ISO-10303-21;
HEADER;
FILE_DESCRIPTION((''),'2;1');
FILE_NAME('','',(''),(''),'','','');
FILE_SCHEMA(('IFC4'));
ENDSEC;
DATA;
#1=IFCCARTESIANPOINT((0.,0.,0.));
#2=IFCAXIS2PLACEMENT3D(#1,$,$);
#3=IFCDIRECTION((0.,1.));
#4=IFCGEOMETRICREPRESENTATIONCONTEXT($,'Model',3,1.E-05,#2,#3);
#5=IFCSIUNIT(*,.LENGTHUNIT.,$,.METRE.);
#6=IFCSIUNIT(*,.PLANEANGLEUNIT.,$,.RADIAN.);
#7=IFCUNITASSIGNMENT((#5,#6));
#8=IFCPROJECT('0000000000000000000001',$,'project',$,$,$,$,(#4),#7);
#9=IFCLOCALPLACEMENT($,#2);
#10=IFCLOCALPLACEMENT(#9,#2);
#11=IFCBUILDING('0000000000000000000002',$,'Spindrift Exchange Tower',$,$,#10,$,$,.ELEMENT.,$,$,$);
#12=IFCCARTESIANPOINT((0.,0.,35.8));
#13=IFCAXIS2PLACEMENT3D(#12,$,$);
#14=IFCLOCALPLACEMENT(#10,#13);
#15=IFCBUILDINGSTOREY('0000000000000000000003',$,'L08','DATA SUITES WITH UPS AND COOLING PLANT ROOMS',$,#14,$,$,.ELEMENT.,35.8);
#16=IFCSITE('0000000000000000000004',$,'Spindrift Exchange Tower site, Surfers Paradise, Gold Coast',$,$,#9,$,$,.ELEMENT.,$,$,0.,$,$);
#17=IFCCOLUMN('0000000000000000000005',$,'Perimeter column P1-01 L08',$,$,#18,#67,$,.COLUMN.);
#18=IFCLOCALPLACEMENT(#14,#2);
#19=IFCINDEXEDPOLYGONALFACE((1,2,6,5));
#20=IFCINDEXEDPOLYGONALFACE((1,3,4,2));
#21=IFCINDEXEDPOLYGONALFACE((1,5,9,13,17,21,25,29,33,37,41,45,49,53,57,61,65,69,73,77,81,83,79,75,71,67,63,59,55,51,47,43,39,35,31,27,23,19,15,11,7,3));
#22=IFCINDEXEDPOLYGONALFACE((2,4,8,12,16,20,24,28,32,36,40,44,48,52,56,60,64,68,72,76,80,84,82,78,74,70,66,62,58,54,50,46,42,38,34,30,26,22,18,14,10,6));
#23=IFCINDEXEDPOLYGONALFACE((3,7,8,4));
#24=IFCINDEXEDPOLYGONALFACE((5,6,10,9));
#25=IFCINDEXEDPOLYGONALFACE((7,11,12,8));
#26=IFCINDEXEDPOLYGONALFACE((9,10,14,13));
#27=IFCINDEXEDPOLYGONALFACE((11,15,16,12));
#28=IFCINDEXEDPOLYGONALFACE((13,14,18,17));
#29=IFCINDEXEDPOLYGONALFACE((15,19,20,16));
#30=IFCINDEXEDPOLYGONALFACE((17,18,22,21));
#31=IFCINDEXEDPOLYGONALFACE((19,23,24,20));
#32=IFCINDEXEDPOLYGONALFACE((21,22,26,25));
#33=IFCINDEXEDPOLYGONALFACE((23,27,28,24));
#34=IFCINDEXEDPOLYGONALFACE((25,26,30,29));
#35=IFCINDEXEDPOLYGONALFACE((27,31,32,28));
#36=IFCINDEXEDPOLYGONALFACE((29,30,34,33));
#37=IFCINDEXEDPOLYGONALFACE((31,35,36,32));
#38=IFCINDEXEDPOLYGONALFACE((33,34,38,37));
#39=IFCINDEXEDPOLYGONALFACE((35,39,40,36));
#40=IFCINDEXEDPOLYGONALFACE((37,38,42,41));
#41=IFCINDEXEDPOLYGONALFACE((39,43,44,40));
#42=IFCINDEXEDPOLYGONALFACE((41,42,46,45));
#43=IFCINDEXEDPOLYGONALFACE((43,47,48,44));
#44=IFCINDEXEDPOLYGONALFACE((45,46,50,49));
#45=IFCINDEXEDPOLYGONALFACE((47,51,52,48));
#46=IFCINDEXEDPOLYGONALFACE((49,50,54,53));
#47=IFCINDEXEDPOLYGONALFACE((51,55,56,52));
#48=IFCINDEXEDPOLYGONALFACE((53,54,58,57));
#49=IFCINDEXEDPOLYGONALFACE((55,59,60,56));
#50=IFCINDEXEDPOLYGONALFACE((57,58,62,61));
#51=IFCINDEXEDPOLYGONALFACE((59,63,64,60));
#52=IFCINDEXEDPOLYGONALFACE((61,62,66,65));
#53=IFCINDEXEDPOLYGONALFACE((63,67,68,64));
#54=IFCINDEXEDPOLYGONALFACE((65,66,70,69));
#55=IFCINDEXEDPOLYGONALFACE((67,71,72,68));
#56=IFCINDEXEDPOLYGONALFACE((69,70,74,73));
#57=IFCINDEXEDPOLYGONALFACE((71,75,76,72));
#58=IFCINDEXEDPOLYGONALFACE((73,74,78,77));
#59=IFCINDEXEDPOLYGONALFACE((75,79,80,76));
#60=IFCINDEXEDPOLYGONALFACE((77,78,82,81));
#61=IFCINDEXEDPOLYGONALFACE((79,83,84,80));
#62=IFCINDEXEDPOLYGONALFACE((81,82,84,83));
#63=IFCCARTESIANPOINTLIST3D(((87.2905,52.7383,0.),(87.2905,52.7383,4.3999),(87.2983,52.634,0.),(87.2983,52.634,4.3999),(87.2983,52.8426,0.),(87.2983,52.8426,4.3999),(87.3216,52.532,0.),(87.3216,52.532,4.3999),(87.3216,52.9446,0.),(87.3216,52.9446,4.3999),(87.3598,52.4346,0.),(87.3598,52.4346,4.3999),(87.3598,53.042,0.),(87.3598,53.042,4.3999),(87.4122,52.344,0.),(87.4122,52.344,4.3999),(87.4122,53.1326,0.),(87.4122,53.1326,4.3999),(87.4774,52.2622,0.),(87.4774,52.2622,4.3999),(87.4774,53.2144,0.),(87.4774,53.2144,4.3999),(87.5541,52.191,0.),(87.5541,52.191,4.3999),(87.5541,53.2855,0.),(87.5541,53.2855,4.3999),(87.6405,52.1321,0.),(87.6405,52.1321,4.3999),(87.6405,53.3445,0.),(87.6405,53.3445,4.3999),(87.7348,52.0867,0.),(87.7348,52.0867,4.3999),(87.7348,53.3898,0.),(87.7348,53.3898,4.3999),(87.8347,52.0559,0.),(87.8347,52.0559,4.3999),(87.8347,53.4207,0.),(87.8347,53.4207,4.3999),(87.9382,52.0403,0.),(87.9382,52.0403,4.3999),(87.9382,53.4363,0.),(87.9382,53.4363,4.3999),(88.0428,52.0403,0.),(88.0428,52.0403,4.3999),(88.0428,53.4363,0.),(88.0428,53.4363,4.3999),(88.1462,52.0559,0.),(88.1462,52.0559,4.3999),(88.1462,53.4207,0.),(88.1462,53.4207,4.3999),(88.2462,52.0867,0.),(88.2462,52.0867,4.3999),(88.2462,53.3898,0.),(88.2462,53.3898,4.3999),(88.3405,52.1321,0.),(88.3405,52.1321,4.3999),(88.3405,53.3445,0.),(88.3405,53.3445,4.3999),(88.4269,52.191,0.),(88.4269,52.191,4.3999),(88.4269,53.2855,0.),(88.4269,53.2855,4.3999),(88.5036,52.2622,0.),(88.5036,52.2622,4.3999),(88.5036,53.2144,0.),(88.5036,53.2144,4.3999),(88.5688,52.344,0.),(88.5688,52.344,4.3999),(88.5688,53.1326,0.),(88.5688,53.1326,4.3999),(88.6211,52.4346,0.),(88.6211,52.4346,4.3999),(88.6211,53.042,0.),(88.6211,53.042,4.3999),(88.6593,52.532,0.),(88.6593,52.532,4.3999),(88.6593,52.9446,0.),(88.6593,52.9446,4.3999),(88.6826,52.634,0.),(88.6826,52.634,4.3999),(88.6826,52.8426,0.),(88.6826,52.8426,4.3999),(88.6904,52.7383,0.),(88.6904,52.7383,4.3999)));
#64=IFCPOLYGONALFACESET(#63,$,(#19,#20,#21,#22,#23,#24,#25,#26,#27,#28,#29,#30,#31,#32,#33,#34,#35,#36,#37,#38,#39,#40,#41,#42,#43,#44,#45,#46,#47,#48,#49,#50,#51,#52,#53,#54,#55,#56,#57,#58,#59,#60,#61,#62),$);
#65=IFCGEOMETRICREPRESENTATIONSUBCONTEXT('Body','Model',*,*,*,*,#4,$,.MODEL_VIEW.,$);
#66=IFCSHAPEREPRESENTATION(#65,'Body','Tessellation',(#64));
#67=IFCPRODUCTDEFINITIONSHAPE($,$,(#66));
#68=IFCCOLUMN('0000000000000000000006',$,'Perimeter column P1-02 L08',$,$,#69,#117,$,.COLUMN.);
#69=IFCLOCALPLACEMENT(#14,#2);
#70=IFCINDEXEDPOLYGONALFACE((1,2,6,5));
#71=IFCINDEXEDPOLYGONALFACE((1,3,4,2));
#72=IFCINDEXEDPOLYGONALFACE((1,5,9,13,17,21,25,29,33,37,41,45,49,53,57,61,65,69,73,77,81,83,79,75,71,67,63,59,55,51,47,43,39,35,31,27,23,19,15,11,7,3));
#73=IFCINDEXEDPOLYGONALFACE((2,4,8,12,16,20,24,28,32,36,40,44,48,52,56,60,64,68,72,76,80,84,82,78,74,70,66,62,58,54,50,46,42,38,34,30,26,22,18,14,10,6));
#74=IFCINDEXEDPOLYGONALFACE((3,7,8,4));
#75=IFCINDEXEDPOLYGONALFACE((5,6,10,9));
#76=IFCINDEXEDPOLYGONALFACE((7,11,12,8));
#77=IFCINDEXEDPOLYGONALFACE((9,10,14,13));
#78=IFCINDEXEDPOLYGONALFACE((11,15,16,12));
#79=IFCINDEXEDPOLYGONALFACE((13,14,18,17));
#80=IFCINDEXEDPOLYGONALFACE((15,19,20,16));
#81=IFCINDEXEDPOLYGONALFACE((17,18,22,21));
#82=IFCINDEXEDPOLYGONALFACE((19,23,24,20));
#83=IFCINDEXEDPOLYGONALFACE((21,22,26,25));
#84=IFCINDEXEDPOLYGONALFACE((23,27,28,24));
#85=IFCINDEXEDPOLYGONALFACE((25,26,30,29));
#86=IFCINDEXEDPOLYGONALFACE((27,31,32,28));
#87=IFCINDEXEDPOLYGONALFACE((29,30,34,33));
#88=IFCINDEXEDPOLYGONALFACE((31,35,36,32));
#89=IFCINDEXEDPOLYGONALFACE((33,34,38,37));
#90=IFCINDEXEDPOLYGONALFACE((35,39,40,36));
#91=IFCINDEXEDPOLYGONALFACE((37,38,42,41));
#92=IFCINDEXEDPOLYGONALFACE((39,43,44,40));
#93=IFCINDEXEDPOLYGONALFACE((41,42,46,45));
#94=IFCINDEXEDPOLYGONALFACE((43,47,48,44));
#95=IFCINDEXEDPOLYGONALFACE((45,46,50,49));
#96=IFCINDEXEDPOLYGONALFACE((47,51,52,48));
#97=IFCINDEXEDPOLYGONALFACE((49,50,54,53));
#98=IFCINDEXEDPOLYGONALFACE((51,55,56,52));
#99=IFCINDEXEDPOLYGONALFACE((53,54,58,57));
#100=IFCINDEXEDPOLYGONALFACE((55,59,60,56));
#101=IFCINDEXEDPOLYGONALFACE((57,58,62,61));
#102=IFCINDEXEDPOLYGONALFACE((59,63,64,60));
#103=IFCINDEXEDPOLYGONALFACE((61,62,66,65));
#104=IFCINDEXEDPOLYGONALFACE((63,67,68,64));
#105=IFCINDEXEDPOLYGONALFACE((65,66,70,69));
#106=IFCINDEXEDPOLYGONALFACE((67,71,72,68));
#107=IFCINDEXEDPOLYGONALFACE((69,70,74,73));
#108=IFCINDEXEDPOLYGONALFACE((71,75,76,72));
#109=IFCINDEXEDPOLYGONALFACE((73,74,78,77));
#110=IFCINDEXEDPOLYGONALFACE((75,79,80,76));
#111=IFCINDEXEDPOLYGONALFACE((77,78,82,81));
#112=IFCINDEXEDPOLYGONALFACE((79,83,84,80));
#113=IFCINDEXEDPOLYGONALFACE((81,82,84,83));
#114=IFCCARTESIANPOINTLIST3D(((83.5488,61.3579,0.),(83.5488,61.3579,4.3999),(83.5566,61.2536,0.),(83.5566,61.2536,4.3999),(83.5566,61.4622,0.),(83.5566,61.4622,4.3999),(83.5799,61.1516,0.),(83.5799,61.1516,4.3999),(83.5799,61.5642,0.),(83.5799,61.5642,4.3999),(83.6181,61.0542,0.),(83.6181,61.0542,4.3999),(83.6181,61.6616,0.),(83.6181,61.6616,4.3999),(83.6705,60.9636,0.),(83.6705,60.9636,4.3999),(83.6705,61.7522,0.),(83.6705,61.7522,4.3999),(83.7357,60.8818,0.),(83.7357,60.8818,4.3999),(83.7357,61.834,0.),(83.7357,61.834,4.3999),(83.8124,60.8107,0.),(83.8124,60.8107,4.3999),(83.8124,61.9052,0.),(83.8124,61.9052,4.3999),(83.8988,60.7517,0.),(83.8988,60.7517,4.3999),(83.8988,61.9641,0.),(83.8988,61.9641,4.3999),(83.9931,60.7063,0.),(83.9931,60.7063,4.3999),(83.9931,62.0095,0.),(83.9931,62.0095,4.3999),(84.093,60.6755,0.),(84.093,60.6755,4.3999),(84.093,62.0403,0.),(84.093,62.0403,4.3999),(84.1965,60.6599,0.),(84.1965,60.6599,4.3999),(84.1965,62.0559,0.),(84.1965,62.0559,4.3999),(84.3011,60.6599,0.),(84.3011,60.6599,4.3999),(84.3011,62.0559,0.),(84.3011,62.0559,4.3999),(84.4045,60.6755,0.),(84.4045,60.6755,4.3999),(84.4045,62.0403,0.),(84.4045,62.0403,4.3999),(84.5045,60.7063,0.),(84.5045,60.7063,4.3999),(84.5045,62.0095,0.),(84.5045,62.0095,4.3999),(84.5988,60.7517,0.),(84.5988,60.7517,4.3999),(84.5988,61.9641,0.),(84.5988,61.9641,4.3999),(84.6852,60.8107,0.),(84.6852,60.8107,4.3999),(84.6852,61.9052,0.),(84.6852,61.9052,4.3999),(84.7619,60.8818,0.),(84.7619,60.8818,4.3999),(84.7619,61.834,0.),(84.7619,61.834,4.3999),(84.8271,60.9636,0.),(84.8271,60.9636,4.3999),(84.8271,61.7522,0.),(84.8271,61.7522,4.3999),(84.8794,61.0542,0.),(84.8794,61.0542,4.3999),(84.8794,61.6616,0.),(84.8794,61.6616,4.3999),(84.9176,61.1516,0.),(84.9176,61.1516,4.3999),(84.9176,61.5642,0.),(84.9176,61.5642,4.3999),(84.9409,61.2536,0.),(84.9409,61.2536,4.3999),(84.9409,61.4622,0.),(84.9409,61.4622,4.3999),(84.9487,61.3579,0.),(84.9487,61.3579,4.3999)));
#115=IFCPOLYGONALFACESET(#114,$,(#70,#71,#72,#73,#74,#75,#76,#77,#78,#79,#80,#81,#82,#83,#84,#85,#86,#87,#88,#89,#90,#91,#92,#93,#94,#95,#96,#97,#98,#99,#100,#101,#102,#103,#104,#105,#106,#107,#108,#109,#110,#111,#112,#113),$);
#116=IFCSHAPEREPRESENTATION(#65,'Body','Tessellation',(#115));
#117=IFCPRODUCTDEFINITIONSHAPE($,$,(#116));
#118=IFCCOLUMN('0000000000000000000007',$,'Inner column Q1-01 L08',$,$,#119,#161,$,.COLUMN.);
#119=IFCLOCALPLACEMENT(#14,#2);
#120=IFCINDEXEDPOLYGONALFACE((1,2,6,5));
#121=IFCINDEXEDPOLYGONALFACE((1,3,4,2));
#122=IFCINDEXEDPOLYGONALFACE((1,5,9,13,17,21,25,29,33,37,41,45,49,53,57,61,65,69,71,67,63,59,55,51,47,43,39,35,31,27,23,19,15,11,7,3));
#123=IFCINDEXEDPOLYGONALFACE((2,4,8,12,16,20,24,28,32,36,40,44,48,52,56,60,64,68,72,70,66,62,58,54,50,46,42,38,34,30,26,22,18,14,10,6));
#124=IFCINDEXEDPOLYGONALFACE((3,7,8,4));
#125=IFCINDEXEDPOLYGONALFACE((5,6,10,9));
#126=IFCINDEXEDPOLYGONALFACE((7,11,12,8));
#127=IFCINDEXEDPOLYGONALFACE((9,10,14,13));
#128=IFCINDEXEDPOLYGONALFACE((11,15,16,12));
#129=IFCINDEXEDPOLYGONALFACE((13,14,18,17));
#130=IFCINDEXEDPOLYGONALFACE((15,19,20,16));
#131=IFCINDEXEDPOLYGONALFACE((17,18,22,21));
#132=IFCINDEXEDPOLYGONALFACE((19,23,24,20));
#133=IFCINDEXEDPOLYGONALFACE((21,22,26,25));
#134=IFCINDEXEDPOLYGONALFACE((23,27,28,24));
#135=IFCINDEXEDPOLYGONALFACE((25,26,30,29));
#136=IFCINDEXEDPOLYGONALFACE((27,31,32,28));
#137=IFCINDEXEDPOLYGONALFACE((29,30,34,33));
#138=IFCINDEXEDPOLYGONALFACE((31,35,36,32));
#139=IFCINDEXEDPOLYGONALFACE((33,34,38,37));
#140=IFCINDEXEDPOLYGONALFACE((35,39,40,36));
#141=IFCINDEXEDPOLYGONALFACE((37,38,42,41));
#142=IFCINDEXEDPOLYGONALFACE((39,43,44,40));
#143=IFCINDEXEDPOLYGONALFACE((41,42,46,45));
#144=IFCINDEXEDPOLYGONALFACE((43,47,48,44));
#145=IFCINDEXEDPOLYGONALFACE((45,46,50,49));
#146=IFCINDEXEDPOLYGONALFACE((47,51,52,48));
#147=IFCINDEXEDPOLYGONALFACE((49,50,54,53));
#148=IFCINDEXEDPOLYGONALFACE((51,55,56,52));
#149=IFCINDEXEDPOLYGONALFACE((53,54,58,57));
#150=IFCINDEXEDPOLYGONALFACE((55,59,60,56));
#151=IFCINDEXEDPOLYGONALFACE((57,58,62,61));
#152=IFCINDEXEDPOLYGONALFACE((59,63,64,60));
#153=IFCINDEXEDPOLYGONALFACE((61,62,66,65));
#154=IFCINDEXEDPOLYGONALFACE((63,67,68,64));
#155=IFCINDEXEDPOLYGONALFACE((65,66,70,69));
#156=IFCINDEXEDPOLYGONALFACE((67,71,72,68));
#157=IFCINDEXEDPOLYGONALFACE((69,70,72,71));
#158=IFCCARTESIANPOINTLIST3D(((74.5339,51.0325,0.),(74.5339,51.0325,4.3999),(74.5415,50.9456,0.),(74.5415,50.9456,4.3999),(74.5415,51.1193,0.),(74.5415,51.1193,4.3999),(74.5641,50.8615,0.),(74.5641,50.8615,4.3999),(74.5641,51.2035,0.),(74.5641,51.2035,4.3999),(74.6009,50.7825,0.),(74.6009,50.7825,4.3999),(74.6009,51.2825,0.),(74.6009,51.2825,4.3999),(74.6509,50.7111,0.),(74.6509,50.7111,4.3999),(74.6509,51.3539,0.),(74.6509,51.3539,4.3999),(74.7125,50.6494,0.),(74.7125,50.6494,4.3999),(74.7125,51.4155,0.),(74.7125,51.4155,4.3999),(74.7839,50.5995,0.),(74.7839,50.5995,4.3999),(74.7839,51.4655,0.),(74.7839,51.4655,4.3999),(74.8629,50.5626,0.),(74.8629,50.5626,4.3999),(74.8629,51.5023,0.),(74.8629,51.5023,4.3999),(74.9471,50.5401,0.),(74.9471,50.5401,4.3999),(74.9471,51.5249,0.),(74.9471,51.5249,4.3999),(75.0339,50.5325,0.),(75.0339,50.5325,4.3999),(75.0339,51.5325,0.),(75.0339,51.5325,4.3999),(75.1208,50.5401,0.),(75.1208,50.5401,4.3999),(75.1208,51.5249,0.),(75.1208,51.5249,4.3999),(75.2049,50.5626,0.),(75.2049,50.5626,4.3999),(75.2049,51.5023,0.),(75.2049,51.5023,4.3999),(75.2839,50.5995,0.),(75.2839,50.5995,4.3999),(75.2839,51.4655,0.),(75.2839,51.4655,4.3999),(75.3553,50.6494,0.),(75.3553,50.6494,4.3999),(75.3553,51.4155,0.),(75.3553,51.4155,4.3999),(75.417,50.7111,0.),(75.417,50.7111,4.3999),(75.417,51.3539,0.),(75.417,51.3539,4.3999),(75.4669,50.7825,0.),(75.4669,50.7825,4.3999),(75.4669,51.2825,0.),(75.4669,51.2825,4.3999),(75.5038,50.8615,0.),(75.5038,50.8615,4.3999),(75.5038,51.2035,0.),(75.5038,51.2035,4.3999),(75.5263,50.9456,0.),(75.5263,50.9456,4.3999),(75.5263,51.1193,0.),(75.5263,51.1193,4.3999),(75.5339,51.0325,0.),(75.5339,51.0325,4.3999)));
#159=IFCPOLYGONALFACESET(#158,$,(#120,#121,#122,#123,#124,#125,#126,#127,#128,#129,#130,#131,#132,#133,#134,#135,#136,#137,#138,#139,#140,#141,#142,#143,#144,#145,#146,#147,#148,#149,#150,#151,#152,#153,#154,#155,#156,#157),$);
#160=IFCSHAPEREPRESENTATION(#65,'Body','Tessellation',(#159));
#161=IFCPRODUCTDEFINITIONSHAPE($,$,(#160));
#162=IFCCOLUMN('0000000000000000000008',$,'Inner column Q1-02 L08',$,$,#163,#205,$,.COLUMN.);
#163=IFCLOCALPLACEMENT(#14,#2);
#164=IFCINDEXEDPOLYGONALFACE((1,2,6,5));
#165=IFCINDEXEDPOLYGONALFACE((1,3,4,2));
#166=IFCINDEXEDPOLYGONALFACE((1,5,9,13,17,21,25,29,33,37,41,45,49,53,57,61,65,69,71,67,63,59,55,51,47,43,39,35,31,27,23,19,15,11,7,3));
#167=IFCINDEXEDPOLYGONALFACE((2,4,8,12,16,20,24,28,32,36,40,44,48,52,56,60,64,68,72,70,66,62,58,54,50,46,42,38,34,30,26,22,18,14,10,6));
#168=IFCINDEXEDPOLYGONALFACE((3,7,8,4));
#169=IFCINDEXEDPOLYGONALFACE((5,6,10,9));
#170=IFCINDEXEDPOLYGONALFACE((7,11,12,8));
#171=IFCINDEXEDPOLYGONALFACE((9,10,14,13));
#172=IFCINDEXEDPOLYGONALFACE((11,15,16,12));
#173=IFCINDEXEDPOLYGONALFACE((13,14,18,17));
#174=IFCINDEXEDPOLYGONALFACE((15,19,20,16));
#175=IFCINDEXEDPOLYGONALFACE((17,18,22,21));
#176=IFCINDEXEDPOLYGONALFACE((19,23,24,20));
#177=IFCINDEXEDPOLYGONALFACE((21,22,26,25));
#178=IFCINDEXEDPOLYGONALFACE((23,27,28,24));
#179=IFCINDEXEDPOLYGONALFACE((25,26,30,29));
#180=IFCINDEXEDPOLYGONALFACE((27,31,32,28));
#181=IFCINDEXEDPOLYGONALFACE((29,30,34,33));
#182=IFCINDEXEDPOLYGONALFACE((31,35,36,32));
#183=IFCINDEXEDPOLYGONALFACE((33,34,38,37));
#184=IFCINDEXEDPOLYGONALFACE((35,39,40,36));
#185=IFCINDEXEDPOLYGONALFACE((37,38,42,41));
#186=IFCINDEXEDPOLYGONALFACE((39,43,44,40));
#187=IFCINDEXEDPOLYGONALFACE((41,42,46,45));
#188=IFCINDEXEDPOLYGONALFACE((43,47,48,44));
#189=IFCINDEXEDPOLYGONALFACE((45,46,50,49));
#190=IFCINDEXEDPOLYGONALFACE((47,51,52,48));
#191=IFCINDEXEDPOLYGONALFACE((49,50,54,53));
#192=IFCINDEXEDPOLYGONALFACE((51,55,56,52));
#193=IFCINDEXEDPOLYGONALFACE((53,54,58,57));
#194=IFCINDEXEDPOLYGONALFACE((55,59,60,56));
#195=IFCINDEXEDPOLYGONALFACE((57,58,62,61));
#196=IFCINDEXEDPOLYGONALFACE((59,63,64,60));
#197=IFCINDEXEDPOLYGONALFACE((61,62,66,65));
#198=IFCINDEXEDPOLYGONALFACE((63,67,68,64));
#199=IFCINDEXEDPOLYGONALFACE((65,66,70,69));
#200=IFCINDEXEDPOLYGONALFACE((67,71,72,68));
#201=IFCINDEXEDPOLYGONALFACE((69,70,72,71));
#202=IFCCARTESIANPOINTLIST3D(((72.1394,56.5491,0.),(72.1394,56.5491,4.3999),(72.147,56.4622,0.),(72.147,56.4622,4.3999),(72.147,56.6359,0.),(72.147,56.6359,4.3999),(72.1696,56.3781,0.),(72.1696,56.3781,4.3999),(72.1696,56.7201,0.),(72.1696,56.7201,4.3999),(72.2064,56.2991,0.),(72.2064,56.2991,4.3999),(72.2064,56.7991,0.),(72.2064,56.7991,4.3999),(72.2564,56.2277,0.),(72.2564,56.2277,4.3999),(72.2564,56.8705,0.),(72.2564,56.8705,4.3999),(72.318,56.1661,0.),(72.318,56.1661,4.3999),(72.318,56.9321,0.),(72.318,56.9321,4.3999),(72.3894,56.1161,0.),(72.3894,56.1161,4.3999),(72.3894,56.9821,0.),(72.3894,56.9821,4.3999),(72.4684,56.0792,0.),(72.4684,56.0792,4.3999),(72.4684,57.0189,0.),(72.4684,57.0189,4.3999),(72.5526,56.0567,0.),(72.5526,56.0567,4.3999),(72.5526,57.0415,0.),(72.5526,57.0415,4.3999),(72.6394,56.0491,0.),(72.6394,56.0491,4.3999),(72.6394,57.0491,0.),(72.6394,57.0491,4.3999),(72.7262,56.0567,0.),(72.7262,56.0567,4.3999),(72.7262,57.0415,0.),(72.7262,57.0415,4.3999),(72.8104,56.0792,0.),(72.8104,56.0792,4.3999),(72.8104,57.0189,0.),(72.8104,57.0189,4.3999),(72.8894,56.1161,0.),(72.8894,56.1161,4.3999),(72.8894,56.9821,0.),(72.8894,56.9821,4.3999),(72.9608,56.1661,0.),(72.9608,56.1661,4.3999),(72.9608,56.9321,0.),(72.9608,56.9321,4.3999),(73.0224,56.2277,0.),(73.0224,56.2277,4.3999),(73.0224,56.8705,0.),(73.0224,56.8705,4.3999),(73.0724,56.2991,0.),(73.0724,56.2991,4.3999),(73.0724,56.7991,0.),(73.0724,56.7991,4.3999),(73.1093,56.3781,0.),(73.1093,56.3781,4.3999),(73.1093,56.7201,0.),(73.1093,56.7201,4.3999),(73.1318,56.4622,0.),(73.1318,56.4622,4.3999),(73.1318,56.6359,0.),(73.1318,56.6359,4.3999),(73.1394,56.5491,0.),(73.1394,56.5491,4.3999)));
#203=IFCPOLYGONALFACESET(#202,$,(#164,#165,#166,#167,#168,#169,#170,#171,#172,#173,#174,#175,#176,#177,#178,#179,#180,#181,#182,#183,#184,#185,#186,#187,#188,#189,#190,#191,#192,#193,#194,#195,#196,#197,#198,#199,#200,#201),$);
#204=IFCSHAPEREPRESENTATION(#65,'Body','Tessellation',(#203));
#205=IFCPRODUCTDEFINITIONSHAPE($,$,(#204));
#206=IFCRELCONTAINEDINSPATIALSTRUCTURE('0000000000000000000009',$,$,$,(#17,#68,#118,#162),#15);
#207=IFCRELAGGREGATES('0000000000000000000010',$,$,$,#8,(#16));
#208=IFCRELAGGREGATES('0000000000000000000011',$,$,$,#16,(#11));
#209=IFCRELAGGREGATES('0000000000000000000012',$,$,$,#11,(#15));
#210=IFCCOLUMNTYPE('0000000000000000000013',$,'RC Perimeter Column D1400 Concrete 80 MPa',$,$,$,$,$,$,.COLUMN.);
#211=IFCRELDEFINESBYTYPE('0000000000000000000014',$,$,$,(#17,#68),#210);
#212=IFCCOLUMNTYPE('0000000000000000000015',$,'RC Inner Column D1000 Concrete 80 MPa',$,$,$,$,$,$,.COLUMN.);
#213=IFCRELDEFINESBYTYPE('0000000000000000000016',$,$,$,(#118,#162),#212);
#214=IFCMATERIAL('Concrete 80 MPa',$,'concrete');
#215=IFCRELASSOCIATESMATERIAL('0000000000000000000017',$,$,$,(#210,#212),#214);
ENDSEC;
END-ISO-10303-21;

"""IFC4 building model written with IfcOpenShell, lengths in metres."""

from ifc_helpers import new_model, si_unit, direction, frame, origin, origin_2d, place, context, subcontext, project, spatial, circle, extrude, source, transform, mapped, material, material_profile, profile_set, type_object, element, save


model = new_model("IFC4")

# Units and contexts
model_context = context("Model", 3, precision=1e-05, world=origin(), true_north=direction((0.0, 1.0)))
body_context = subcontext(model_context, "Body", "Model", "MODEL_VIEW")
ifc_project = project(units=[si_unit("LENGTHUNIT", "METRE"), si_unit("PLANEANGLEUNIT", "RADIAN")], contexts=[model_context])

# Site, building, storey
site_placement = place(None, origin())
site = spatial("IfcSite", under=ifc_project, at=site_placement, Name="Spindrift Exchange Tower site, Surfers Paradise, Gold Coast", CompositionType="ELEMENT", RefElevation=0.0)
building_placement = place(site_placement, origin())
building = spatial("IfcBuilding", under=site, at=building_placement, Name="Spindrift Exchange Tower", CompositionType="ELEMENT")
storey_placement = place(building_placement, frame((0.0, 0.0, 35.8)))
storey = spatial("IfcBuildingStorey", under=building, at=storey_placement, Name="L08", Description="DATA SUITES WITH UPS AND COOLING PLANT ROOMS", CompositionType="ELEMENT", Elevation=35.8)

# Columns
ifc_material_1 = material(Name="Concrete 80 MPa", Category="concrete")
ifc_material_profile_1 = material_profile(ifc_material_1, circle(Radius=0.7, at=origin_2d()), Name="RC D1400")
ifc_profile_set_1 = profile_set([ifc_material_profile_1], Name="Concrete 80 MPa")
column_type_1 = type_object("IfcColumnType", Name="RC Perimeter Column D1400 Concrete 80 MPa", PredefinedType="COLUMN", material=ifc_profile_set_1)
shared_shape_1 = source(origin(), body_context, "Body", "SweptSolid", [
    extrude(circle(Radius=0.7, at=origin_2d()), origin(), (0.0, 0.0, 1.0), 4.3999),
])
for number, where, z_axis, x_axis, name in (
    (1, (87.9905, 52.7383, 0.0), (0.0, 0.0, 1.0), (1.0, 0.0, 0.0), "Perimeter column P1-01 L08"),
    (2, (84.2488, 61.3579, 0.0), (0.0, 0.0, 1.0), (1.0, 0.0, 0.0), "Perimeter column P1-02 L08"),
):
    element("IfcColumn", number, at=place(storey_placement, frame(where, z_axis=z_axis, x_axis=x_axis)), inside=storey, type_object=column_type_1, Name=name, PredefinedType="COLUMN", context=body_context, shape_type="MappedRepresentation", body=[
        mapped(shared_shape_1, transform((0.0, 0.0, 0.0), scale=1.0)),
    ])
ifc_material_profile_2 = material_profile(ifc_material_1, circle(Radius=0.5, at=origin_2d()), Name="RC D1000")
ifc_profile_set_2 = profile_set([ifc_material_profile_2], Name="Concrete 80 MPa")
column_type_2 = type_object("IfcColumnType", Name="RC Inner Column D1000 Concrete 80 MPa", PredefinedType="COLUMN", material=ifc_profile_set_2)
shared_shape_2 = source(origin(), body_context, "Body", "SweptSolid", [
    extrude(circle(Radius=0.5, at=origin_2d()), origin(), (0.0, 0.0, 1.0), 4.3999),
])
for number, where, z_axis, x_axis, name in (
    (3, (75.0339, 51.0325, 0.0), (0.0, 0.0, 1.0), (1.0, 0.0, 0.0), "Inner column Q1-01 L08"),
    (4, (72.6394, 56.5491, 0.0), (0.0, 0.0, 1.0), (1.0, 0.0, 0.0), "Inner column Q1-02 L08"),
):
    element("IfcColumn", number, at=place(storey_placement, frame(where, z_axis=z_axis, x_axis=x_axis)), inside=storey, type_object=column_type_2, Name=name, PredefinedType="COLUMN", context=body_context, shape_type="MappedRepresentation", body=[
        mapped(shared_shape_2, transform((0.0, 0.0, 0.0), scale=1.0)),
    ])

save(model, "model.ifc")
